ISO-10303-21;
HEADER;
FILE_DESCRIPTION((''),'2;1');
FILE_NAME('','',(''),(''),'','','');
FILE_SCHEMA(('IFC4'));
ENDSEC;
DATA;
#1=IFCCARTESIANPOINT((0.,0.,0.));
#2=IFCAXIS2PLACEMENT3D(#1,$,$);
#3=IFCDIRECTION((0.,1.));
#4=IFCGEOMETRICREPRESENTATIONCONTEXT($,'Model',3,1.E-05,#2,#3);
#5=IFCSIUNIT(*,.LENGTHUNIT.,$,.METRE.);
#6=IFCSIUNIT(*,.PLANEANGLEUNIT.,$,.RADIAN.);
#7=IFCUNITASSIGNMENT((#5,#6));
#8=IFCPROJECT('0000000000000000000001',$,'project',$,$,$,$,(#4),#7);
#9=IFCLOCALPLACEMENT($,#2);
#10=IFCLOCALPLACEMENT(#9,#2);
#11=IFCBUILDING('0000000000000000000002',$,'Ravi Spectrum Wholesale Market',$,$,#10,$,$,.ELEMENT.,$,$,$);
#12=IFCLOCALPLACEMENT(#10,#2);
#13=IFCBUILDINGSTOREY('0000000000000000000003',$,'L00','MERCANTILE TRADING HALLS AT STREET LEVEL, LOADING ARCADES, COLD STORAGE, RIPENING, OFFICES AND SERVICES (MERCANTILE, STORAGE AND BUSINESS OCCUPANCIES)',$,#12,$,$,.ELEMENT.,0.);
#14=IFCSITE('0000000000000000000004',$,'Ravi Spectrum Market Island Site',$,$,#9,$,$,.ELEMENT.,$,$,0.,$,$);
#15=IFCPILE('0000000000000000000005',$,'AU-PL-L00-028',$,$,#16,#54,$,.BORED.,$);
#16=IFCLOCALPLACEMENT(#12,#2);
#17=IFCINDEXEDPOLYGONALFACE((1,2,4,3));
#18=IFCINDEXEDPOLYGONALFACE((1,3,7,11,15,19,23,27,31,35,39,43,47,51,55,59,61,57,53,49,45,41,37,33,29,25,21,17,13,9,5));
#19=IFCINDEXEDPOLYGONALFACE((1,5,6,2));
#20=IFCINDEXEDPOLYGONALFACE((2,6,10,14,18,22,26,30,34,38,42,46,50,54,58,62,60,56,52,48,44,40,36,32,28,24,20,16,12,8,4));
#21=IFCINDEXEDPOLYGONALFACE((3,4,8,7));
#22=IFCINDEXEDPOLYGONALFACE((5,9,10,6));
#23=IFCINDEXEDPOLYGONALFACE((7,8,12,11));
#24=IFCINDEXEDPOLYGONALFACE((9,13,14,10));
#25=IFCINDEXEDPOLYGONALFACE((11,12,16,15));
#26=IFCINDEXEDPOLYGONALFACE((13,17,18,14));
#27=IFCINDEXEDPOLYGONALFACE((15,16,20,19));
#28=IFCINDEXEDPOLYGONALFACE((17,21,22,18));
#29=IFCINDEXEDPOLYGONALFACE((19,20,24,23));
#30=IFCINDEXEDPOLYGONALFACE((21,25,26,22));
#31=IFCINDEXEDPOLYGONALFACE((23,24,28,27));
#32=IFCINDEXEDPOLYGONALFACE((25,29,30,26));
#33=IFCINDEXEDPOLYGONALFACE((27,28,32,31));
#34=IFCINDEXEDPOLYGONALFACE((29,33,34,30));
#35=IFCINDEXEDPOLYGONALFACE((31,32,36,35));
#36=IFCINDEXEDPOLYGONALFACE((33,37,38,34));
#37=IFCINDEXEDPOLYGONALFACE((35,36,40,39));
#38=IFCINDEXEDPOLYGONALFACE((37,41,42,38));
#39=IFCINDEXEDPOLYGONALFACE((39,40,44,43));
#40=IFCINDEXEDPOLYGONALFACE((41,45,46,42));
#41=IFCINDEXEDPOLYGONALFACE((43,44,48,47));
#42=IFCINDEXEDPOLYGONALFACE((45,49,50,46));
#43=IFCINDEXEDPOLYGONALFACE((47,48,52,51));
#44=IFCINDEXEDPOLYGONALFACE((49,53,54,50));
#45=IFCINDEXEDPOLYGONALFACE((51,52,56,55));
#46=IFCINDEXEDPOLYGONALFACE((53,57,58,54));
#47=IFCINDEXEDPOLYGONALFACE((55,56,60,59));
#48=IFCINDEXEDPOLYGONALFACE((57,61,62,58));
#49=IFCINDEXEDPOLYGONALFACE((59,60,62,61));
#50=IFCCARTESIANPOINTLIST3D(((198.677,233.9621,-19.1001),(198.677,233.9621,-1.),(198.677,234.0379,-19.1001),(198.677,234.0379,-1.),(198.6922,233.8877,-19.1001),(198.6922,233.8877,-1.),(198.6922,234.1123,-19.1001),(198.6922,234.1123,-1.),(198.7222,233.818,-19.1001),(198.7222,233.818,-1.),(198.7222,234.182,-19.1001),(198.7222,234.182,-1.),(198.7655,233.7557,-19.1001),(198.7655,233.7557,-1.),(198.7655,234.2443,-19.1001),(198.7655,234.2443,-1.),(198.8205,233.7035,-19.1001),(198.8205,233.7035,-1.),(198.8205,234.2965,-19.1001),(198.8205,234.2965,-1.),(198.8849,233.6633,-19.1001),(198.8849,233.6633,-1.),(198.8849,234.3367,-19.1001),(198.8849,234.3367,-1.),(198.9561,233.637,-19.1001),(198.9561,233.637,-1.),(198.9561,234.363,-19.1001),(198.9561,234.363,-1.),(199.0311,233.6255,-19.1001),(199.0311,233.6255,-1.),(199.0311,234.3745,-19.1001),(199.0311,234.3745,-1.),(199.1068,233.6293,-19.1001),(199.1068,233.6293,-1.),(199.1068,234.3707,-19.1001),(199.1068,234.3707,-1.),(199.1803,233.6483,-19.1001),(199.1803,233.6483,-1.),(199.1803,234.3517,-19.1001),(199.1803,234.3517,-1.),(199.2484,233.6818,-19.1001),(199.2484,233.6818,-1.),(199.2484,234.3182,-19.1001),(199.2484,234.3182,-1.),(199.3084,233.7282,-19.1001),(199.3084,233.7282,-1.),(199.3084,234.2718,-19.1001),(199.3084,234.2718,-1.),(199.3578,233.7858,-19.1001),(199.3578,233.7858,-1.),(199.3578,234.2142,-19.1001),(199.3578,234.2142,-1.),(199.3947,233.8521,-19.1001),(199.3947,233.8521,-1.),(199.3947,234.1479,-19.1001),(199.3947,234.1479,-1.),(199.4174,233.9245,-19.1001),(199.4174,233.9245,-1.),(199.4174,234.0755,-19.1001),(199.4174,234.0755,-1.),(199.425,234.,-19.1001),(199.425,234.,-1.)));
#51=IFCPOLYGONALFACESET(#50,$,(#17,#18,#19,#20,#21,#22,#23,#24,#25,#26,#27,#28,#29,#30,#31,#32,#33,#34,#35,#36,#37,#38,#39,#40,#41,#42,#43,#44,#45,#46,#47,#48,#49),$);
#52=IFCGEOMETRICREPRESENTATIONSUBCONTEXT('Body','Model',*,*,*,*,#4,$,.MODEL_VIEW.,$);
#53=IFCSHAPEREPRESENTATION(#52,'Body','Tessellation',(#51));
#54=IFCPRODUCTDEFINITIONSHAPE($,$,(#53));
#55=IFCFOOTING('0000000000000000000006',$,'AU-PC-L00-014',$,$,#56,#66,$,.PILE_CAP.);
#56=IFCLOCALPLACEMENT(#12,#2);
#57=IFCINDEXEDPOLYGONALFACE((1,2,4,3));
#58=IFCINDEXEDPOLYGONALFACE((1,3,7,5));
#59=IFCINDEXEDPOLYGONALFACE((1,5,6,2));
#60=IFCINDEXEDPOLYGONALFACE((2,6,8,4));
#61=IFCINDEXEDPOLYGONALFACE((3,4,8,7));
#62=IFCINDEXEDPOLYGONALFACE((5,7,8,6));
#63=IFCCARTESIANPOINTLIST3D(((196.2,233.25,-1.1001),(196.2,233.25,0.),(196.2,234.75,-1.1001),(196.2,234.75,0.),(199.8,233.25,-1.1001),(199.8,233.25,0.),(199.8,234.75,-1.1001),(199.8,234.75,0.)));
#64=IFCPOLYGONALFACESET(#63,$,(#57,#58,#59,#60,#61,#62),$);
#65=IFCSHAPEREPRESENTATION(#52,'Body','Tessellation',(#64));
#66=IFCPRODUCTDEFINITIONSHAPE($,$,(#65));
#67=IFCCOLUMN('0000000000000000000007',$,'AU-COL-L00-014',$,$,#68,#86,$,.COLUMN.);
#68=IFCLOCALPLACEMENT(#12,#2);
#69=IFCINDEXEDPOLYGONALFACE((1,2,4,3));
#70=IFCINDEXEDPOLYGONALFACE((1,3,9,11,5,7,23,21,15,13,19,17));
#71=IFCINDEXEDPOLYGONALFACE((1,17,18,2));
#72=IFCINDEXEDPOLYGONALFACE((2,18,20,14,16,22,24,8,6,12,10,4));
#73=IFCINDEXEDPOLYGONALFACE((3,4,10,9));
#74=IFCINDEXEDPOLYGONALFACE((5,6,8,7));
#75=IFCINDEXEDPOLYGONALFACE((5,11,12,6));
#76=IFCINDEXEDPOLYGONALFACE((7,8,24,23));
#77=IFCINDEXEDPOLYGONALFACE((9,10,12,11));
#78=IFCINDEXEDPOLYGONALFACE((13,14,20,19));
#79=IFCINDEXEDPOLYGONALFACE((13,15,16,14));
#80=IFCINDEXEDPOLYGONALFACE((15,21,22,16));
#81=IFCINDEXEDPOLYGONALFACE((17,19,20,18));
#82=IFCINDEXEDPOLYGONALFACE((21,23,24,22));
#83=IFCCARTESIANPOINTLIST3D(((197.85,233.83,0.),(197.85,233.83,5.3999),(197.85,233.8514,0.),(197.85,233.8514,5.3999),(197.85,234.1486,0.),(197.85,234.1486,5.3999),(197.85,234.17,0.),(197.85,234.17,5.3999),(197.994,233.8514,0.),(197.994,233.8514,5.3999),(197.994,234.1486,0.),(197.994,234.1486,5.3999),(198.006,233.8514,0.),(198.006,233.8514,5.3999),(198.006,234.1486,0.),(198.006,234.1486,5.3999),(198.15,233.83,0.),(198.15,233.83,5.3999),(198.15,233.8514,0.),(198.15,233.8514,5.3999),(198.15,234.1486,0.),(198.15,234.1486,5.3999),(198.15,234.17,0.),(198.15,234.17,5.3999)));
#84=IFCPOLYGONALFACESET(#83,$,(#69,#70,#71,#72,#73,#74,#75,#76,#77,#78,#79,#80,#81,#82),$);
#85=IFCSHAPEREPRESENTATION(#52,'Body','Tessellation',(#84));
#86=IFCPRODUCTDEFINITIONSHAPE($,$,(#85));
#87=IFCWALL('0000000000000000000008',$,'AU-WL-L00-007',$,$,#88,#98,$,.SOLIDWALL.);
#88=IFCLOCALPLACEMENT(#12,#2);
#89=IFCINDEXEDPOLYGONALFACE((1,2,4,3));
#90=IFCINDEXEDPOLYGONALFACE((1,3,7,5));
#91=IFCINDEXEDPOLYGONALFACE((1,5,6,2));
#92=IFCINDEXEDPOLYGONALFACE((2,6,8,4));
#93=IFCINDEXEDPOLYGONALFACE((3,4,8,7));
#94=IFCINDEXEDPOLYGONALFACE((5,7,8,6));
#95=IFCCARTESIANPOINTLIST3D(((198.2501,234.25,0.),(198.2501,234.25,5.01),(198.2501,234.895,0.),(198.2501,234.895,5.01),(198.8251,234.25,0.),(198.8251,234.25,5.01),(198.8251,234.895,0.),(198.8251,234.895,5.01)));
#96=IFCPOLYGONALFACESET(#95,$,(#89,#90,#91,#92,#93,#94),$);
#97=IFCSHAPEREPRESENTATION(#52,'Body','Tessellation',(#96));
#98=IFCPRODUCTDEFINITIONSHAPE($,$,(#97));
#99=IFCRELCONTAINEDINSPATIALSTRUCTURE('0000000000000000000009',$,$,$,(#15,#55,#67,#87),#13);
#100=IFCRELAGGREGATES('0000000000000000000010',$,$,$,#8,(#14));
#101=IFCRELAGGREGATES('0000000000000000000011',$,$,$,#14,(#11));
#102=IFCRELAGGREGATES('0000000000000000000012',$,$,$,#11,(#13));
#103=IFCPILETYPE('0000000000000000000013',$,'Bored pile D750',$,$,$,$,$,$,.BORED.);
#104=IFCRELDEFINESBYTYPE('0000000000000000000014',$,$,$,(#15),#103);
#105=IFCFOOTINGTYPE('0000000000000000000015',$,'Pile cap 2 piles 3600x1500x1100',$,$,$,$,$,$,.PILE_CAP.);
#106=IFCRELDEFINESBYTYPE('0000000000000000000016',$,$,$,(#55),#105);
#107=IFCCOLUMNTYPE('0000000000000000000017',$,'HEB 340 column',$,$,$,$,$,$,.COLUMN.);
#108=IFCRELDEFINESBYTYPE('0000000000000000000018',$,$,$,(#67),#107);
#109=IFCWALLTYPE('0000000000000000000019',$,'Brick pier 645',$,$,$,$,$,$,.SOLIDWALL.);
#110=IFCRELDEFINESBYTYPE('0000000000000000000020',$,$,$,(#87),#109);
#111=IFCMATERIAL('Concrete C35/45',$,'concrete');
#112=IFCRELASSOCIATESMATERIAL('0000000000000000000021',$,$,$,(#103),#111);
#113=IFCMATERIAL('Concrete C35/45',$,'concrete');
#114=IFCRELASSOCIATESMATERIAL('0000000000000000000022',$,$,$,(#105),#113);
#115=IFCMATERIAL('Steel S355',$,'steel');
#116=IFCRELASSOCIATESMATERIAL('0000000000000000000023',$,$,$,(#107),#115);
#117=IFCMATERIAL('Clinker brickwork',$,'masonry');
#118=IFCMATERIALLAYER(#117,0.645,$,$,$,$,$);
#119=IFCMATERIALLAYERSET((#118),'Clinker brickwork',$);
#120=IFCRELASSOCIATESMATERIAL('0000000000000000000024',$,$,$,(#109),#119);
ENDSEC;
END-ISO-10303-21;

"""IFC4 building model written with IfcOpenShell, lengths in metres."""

from ifc_helpers import new_model, si_unit, direction, frame, frame_2d, origin, origin_2d, place, context, subcontext, project, spatial, rectangle, circle, i_section, extrude, material, layer, layer_set, material_profile, profile_set, type_object, element, save


model = new_model("IFC4")

# Units and contexts
model_context = context("Model", 3, precision=1e-05, world=origin(), true_north=direction((0.0, 1.0)))
body_context = subcontext(model_context, "Body", "Model", "MODEL_VIEW")
ifc_project = project(units=[si_unit("LENGTHUNIT", "METRE"), si_unit("PLANEANGLEUNIT", "RADIAN")], contexts=[model_context])

# Site, building, storey
site_placement = place(None, origin())
site = spatial("IfcSite", under=ifc_project, at=site_placement, Name="Ravi Spectrum Market Island Site", CompositionType="ELEMENT", RefElevation=0.0)
building_placement = place(site_placement, origin())
building = spatial("IfcBuilding", under=site, at=building_placement, Name="Ravi Spectrum Wholesale Market", CompositionType="ELEMENT")
storey_placement = place(building_placement, origin())
storey = spatial("IfcBuildingStorey", under=building, at=storey_placement, Name="L00", Description="MERCANTILE TRADING HALLS AT STREET LEVEL, LOADING ARCADES, COLD STORAGE, RIPENING, OFFICES AND SERVICES (MERCANTILE, STORAGE AND BUSINESS OCCUPANCIES)", CompositionType="ELEMENT", Elevation=0.0)

# Pile
ifc_material_1 = material(Name="Concrete C35/45", Category="concrete")
ifc_material_profile_1 = material_profile(ifc_material_1, circle(Radius=0.375, at=origin_2d()))
ifc_profile_set_1 = profile_set([ifc_material_profile_1], Name="Concrete C35/45")
pile_type = type_object("IfcPileType", Name="Bored pile D750", PredefinedType="BORED", material=ifc_profile_set_1)
pile_placement = place(storey_placement, frame((199.05, 234.0, -1.0), z_axis=(0.0, 0.0, -1.0), x_axis=(1.0, 0.0, 0.0)))
element("IfcPile", 1, at=pile_placement, inside=storey, type_object=pile_type, Name="AU-PL-L00-028", PredefinedType="BORED", context=body_context, shape_type="SweptSolid", body=[
    extrude(circle(Radius=0.375, at=origin_2d()), origin(), (0.0, 0.0, 1.0), 18.1001),
])

# Footing
ifc_material_2 = material(Name="Concrete C35/45", Category="concrete")
footing_type = type_object("IfcFootingType", Name="Pile cap 2 piles 3600x1500x1100", PredefinedType="PILE_CAP", material=ifc_material_2)
footing_placement = place(storey_placement, frame((198.0, 234.0, -1.1001), z_axis=(0.0, 0.0, 1.0), x_axis=(1.0, 0.0, 0.0)))
element("IfcFooting", 2, at=footing_placement, inside=storey, type_object=footing_type, Name="AU-PC-L00-014", PredefinedType="PILE_CAP", context=body_context, shape_type="SweptSolid", body=[
    extrude(rectangle(XDim=3.6001, YDim=1.5, at=origin_2d()), origin(), (0.0, 0.0, 1.0), 1.1001),
])

# Column
ifc_material_3 = material(Name="Steel S355", Category="steel")
ifc_material_profile_2 = material_profile(ifc_material_3, i_section(OverallWidth=0.3, OverallDepth=0.3401, WebThickness=0.012, FlangeThickness=0.0215, at=origin_2d()))
ifc_profile_set_2 = profile_set([ifc_material_profile_2], Name="Steel S355")
column_type = type_object("IfcColumnType", Name="HEB 340 column", PredefinedType="COLUMN", material=ifc_profile_set_2)
column_placement = place(storey_placement, frame((198.0, 234.0, 0.0), z_axis=(0.0, 0.0, 1.0), x_axis=(1.0, 0.0, 0.0)))
element("IfcColumn", 3, at=column_placement, inside=storey, type_object=column_type, Name="AU-COL-L00-014", PredefinedType="COLUMN", context=body_context, shape_type="SweptSolid", body=[
    extrude(i_section(OverallWidth=0.3, OverallDepth=0.3401, WebThickness=0.012, FlangeThickness=0.0215, at=origin_2d()), origin(), (0.0, 0.0, 1.0), 5.3999),
])

# Wall
ifc_material_4 = material(Name="Clinker brickwork", Category="masonry")
ifc_layer_1 = layer(ifc_material_4, 0.645)
ifc_layer_set_1 = layer_set([ifc_layer_1], Name="Clinker brickwork")
wall_type_1 = type_object("IfcWallType", Name="Brick pier 645", PredefinedType="SOLIDWALL", material=ifc_layer_set_1)
wall_1_placement = place(storey_placement, frame((198.25, 234.5725, 0.0), z_axis=(0.0, 0.0, 1.0), x_axis=(1.0, 0.0, 0.0)))
element("IfcWall", 4, at=wall_1_placement, inside=storey, type_object=wall_type_1, Name="AU-WL-L00-007", PredefinedType="SOLIDWALL", context=body_context, shape_type="SweptSolid", body=[
    extrude(rectangle(XDim=0.575, YDim=0.645, at=frame_2d((0.2876, 0.0))), origin(), (0.0, 0.0, 1.0), 5.01),
])

save(model, "model.ifc")
